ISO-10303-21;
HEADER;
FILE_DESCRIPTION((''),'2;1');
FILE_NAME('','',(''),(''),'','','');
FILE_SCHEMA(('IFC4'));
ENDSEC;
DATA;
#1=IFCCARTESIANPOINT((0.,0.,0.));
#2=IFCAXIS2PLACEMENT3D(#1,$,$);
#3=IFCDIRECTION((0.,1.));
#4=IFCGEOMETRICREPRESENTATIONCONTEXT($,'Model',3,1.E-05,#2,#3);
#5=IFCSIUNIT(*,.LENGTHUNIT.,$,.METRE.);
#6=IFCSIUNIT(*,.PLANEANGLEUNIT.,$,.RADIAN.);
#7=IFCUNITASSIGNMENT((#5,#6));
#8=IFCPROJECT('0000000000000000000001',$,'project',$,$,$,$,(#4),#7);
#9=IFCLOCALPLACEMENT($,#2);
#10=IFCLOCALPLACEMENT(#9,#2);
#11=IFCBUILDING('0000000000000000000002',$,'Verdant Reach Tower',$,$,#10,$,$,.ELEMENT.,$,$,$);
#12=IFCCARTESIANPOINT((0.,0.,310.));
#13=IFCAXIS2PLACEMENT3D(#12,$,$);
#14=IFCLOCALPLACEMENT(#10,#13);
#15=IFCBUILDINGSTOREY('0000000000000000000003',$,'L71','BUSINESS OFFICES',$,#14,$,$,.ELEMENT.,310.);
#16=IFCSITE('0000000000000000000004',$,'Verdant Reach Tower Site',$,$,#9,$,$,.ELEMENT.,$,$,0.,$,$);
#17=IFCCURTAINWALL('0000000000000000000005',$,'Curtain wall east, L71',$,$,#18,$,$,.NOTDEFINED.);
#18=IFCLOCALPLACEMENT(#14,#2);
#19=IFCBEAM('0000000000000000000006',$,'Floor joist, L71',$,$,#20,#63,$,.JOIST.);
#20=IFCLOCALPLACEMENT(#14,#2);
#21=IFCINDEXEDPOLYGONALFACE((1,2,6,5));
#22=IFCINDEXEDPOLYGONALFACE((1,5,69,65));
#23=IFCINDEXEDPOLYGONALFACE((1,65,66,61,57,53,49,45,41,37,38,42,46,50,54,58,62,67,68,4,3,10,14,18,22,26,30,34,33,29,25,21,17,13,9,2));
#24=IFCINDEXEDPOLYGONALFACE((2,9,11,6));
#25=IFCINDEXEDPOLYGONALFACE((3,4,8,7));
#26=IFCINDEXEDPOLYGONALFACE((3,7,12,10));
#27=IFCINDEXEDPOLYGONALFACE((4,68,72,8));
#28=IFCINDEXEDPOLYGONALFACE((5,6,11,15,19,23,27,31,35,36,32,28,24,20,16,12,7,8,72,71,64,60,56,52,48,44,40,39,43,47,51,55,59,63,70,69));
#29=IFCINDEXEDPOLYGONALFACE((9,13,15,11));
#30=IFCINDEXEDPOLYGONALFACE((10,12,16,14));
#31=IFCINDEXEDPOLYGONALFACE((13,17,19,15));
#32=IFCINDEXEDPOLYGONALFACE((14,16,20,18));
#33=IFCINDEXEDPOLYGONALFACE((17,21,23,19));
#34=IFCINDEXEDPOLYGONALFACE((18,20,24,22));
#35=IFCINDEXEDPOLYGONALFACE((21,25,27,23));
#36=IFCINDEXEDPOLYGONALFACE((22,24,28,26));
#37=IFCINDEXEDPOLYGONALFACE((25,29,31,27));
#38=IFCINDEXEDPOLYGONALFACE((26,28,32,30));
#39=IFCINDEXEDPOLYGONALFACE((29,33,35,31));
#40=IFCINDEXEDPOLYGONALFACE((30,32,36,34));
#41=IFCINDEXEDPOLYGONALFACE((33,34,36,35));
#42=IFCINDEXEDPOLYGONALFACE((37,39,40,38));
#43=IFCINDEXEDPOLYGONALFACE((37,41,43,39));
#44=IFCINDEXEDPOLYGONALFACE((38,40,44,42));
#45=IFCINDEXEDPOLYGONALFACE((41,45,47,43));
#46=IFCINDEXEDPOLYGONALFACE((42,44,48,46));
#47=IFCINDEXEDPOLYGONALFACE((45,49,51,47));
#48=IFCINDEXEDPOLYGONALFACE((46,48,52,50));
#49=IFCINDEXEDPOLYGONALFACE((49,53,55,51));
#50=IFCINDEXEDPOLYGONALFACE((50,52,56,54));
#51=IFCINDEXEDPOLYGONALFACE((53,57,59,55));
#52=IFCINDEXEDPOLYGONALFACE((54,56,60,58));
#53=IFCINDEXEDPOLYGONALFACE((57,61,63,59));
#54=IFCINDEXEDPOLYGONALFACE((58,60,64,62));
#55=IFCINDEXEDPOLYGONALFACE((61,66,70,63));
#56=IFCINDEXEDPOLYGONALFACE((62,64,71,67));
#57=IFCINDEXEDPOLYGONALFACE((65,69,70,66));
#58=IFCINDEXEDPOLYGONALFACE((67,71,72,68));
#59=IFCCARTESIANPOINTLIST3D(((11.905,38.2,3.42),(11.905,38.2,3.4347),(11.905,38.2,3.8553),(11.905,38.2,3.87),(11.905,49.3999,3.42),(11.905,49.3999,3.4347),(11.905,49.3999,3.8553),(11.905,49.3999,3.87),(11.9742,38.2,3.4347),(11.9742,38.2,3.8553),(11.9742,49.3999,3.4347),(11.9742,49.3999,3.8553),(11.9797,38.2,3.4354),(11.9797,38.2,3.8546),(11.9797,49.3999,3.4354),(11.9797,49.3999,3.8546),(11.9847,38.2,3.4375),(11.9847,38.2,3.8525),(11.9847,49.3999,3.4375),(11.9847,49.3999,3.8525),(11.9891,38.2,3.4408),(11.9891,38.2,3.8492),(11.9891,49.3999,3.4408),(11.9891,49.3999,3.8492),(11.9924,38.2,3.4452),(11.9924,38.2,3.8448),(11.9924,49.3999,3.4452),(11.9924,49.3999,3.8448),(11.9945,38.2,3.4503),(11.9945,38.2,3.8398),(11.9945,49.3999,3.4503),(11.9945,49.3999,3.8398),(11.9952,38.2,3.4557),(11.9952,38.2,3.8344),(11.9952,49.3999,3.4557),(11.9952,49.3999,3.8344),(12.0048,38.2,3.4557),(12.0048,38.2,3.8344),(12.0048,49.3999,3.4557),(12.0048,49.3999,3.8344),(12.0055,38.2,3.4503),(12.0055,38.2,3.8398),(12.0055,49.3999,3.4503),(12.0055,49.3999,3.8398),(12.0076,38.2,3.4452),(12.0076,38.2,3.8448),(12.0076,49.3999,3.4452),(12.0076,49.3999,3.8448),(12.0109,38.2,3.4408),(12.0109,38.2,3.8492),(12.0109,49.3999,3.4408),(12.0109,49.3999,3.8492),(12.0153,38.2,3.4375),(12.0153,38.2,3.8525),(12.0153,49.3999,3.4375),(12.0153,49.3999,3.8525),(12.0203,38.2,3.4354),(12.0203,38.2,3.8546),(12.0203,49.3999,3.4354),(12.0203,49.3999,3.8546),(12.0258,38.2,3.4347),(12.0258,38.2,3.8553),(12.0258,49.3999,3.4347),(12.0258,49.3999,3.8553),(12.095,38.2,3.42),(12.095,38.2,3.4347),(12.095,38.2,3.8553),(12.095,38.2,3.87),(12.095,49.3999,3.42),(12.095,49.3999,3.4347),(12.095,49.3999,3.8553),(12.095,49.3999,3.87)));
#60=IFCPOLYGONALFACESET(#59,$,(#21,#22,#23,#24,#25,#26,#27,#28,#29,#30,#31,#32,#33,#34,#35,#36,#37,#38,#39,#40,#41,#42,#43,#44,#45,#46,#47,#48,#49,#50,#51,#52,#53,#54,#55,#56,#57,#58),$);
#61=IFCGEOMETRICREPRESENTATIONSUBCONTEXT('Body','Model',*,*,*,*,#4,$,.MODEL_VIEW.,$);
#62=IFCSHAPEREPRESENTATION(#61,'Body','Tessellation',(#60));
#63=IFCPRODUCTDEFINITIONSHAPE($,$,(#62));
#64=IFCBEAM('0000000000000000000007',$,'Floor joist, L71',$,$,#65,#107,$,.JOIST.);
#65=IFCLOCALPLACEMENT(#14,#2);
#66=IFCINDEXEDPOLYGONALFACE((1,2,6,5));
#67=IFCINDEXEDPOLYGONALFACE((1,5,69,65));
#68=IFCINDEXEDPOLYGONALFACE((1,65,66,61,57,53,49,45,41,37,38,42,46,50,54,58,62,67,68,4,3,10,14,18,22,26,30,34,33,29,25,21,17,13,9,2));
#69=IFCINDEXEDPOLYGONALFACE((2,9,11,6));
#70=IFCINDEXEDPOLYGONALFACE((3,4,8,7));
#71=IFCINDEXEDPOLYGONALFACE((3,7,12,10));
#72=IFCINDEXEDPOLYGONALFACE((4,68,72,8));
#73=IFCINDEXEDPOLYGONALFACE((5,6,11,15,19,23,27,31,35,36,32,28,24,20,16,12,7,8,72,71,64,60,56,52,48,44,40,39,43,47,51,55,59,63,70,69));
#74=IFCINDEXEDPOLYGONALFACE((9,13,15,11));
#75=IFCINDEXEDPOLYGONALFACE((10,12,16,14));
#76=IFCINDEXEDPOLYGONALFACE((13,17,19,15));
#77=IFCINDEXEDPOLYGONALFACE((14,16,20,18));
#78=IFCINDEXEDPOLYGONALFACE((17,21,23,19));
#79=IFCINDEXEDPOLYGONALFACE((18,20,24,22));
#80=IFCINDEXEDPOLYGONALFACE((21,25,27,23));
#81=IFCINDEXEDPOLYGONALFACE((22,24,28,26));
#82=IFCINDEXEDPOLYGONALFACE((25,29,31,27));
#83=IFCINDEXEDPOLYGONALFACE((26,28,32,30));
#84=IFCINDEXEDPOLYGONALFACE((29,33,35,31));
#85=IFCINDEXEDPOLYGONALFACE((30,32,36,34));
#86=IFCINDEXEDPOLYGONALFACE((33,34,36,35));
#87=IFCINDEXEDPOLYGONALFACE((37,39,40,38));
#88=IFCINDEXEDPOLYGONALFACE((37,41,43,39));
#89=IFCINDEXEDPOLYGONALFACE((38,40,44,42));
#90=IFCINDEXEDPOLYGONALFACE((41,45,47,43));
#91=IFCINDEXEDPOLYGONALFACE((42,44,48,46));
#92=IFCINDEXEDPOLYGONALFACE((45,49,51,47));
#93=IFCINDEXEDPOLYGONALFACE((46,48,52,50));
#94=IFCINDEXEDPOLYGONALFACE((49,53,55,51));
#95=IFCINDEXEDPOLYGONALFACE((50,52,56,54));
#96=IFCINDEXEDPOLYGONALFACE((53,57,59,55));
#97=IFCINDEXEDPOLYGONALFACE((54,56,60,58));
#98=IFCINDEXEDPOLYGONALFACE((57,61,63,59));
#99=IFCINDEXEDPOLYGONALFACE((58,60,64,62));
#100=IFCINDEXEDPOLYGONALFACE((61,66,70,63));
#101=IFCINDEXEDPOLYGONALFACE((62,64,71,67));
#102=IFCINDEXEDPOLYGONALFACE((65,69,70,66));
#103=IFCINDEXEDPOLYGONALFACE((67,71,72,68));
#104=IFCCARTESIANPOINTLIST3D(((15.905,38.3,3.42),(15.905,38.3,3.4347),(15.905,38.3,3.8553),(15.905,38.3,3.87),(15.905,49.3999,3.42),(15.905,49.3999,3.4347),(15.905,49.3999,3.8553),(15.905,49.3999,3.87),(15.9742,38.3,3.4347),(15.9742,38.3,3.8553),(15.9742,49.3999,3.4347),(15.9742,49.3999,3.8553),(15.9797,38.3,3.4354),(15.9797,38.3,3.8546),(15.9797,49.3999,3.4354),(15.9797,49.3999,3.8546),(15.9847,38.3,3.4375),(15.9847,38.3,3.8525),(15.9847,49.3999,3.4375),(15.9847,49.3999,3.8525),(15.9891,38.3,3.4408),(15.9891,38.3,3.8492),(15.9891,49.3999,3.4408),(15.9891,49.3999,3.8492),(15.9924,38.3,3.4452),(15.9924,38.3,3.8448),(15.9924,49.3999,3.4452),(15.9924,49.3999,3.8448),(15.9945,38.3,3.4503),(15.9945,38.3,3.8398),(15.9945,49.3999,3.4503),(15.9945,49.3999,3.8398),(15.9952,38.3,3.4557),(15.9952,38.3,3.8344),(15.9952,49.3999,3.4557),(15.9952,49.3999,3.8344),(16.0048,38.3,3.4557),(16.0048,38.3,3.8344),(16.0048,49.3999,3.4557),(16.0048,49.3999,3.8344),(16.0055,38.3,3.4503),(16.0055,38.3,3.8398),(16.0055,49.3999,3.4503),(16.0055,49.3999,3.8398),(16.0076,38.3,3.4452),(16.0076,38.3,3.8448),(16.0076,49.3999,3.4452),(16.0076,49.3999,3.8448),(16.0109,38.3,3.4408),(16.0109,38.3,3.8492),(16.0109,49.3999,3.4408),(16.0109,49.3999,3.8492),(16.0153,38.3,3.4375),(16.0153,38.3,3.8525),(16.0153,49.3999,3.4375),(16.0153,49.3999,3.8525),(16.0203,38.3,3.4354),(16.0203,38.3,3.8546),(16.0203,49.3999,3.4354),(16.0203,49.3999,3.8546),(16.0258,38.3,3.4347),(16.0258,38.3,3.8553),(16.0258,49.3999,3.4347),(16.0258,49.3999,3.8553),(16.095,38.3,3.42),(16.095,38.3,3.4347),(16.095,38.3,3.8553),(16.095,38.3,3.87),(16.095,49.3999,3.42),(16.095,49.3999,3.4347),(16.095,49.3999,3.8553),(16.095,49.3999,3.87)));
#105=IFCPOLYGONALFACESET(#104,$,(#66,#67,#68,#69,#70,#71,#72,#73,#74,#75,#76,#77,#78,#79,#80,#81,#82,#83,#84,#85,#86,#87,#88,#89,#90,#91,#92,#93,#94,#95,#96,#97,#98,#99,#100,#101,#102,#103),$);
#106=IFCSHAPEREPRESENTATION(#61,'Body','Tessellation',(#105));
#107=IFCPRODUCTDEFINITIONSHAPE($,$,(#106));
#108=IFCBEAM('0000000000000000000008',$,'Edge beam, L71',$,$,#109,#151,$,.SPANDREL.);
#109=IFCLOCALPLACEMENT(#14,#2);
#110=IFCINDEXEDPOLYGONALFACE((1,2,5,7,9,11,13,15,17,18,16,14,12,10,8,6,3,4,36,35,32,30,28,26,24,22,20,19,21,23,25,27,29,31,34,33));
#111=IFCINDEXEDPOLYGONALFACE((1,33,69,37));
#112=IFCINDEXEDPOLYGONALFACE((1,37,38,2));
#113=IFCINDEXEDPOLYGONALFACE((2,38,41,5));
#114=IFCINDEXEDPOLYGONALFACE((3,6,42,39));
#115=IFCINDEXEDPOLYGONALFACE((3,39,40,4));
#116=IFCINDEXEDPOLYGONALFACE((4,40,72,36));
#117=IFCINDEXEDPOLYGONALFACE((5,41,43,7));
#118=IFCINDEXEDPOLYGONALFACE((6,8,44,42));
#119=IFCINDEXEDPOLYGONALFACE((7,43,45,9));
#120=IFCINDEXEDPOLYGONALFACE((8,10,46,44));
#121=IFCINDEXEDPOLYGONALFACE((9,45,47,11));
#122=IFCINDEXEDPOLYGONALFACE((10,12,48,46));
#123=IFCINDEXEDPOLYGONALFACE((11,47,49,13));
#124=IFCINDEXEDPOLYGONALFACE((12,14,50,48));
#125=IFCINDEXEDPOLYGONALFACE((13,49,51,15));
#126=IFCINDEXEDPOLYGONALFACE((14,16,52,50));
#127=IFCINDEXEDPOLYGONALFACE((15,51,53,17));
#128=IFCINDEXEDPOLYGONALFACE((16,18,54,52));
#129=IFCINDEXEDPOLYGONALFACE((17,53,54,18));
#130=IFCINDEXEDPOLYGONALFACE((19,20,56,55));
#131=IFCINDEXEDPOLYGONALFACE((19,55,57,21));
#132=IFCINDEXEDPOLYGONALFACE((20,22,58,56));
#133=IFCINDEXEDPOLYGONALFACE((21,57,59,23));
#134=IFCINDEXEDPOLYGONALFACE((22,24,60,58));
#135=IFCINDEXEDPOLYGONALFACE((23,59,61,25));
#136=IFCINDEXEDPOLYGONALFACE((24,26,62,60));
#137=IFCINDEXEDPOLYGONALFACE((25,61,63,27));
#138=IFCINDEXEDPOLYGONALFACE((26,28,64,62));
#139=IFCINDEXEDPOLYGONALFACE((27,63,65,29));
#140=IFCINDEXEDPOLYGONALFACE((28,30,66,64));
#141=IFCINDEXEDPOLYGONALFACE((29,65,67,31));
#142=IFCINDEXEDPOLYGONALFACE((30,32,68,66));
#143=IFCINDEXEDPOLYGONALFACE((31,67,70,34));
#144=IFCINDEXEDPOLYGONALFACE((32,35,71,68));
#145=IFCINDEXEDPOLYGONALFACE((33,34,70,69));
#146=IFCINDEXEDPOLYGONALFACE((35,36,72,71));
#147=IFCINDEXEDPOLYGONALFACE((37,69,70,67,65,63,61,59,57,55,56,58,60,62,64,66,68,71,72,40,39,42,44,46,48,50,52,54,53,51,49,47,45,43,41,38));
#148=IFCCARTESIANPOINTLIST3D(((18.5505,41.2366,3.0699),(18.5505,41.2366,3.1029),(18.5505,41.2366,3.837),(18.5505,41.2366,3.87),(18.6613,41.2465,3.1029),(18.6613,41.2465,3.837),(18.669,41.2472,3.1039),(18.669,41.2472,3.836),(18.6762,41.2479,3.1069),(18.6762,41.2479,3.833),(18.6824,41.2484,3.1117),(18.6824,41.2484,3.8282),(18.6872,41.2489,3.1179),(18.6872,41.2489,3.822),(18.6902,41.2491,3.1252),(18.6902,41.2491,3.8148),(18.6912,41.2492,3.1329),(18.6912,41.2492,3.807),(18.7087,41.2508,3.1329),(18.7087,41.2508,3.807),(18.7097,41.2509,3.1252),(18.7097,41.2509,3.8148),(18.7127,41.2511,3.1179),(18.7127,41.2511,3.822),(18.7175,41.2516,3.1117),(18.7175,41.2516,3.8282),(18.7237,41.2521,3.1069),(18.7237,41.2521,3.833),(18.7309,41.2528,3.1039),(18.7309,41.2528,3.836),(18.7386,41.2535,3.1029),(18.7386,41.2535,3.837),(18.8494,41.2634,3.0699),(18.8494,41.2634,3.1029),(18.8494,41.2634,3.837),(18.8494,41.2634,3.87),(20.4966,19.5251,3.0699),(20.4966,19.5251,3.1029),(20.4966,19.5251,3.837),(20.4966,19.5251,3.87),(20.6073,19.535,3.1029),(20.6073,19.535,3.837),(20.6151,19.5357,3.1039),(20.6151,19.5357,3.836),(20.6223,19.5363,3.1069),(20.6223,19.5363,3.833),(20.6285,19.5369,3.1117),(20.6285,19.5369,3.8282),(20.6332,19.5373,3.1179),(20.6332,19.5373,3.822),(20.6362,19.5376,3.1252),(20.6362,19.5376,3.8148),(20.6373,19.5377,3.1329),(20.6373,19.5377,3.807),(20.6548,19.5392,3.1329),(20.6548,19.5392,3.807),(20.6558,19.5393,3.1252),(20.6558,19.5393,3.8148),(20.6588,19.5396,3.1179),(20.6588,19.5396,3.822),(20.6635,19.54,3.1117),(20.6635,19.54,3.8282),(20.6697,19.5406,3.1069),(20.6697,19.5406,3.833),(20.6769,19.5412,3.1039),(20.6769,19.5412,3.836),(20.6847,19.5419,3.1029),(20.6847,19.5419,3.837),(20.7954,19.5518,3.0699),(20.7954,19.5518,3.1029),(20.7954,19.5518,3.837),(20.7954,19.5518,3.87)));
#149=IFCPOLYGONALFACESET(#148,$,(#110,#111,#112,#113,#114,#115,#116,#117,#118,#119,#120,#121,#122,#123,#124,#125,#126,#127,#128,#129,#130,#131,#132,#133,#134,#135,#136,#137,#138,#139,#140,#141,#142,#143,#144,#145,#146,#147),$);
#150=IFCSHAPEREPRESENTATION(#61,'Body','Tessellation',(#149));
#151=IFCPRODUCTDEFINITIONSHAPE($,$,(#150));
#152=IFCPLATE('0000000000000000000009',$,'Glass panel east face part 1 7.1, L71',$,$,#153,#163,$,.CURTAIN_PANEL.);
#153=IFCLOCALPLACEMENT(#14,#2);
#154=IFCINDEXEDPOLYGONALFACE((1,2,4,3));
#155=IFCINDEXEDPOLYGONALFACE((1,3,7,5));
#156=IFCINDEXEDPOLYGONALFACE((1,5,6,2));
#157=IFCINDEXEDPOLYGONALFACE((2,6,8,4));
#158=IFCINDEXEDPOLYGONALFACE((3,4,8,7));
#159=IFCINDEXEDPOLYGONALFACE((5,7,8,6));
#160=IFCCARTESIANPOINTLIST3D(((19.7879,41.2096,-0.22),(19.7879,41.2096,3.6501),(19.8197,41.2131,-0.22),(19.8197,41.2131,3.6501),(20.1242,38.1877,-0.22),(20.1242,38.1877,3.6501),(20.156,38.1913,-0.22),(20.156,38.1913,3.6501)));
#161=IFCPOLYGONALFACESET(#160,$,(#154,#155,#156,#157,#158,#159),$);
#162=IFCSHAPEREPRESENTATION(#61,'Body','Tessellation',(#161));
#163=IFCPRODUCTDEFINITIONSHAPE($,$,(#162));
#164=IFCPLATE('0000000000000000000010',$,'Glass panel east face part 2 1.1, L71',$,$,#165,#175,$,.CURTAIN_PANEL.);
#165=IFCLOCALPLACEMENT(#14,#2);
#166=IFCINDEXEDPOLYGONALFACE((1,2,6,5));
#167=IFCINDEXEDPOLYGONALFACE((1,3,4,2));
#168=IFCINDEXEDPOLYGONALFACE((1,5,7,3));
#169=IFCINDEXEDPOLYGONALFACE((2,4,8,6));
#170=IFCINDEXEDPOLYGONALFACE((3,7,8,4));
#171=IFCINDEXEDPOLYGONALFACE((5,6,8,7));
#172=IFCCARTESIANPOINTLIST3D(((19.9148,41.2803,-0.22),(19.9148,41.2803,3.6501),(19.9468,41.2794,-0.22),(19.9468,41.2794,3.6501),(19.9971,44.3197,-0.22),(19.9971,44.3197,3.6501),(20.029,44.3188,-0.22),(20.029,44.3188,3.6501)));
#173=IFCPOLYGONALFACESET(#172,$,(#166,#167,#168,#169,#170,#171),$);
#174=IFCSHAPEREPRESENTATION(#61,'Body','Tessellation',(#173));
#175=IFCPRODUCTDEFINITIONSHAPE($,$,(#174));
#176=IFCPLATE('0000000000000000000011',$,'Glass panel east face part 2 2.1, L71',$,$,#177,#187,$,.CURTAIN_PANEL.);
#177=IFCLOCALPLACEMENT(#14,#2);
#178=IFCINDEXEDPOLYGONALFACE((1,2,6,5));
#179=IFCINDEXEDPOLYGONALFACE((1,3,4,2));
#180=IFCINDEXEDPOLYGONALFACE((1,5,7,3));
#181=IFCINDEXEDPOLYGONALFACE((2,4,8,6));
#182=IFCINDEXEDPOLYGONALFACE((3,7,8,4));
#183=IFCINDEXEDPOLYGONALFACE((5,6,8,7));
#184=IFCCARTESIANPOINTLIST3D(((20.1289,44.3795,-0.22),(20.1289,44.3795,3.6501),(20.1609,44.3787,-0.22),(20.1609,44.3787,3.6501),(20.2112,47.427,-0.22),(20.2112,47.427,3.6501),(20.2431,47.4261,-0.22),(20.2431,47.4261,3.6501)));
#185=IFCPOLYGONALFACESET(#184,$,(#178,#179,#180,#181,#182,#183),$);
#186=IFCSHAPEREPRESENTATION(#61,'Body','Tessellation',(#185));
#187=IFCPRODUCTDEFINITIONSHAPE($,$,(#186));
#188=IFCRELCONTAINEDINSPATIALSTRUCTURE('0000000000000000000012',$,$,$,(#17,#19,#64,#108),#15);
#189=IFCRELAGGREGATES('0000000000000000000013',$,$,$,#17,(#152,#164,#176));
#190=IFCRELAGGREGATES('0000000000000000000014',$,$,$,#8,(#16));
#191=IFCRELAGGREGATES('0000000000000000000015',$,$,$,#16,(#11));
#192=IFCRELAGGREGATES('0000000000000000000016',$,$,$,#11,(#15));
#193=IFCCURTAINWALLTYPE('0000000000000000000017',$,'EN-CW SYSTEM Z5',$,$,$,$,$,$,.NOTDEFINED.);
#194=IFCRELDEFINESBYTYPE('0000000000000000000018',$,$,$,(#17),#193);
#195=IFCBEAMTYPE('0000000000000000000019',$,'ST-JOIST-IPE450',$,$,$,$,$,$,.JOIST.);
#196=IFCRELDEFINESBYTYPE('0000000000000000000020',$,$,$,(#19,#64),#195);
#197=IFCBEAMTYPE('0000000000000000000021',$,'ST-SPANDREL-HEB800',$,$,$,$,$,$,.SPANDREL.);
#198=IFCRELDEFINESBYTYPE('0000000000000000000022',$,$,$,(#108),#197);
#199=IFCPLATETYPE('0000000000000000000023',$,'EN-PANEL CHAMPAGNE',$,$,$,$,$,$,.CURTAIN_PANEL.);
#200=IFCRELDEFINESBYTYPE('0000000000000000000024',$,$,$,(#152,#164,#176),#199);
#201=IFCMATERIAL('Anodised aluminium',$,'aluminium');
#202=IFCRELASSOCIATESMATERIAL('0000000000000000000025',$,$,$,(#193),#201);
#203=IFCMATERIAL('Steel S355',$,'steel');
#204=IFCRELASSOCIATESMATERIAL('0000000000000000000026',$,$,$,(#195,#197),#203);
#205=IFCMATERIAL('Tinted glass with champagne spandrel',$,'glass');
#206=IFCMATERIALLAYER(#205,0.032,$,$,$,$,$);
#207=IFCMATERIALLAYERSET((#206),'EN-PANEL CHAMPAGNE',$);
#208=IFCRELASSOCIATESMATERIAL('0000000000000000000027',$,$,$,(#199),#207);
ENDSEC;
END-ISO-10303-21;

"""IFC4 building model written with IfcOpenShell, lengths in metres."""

from ifc_helpers import new_model, si_unit, direction, frame, origin, origin_2d, place, context, subcontext, project, spatial, rectangle, i_section, extrude, material, layer, layer_set, material_profile, profile_set, type_object, element, aggregate, save


model = new_model("IFC4")

# Units and contexts
model_context = context("Model", 3, precision=1e-05, world=origin(), true_north=direction((0.0, 1.0)))
body_context = subcontext(model_context, "Body", "Model", "MODEL_VIEW")
ifc_project = project(units=[si_unit("LENGTHUNIT", "METRE"), si_unit("PLANEANGLEUNIT", "RADIAN")], contexts=[model_context])

# Site, building, storey
site_placement = place(None, origin())
site = spatial("IfcSite", under=ifc_project, at=site_placement, Name="Verdant Reach Tower Site", CompositionType="ELEMENT", RefElevation=0.0)
building_placement = place(site_placement, origin())
building = spatial("IfcBuilding", under=site, at=building_placement, Name="Verdant Reach Tower", CompositionType="ELEMENT")
storey_placement = place(building_placement, frame((0.0, 0.0, 310.0)))
storey = spatial("IfcBuildingStorey", under=building, at=storey_placement, Name="L71", Description="BUSINESS OFFICES", CompositionType="ELEMENT", Elevation=310.0)

# Curtain wall
ifc_material_1 = material(Name="Anodised aluminium", Category="aluminium")
curtain_wall_type = type_object("IfcCurtainWallType", Name="EN-CW SYSTEM Z5", PredefinedType="NOTDEFINED", material=ifc_material_1)
curtain_wall_placement = place(storey_placement, origin())
curtain_wall = element("IfcCurtainWall", 1, at=curtain_wall_placement, inside=storey, type_object=curtain_wall_type, Name="Curtain wall east, L71", PredefinedType="NOTDEFINED")

# Beams
ifc_material_2 = material(Name="Steel S355", Category="steel")
ifc_material_profile_1 = material_profile(ifc_material_2, i_section(OverallWidth=0.1899, OverallDepth=0.45, WebThickness=0.0095, FlangeThickness=0.0146, FilletRadius=0.021, at=origin_2d()), Name="IPE 450")
ifc_profile_set_1 = profile_set([ifc_material_profile_1], Name="Steel S355")
beam_type_1 = type_object("IfcBeamType", Name="ST-JOIST-IPE450", PredefinedType="JOIST", material=ifc_profile_set_1)
for number, where, z_axis, x_axis, name in (
    (2, (12.0, 38.2, 3.645), (0.0, 1.0, 0.0), (-1.0, 0.0, 0.0), "Floor joist, L71"),
):
    element("IfcBeam", number, at=place(storey_placement, frame(where, z_axis=z_axis, x_axis=x_axis)), inside=storey, type_object=beam_type_1, Name=name, PredefinedType="JOIST", context=body_context, shape_type="SweptSolid", body=[
        extrude(i_section(OverallWidth=0.1899, OverallDepth=0.45, WebThickness=0.0095, FlangeThickness=0.0146, FilletRadius=0.021, at=origin_2d()), origin(), (0.0, 0.0, 1.0), 11.2),
    ])
beam_1_placement = place(storey_placement, frame((16.0, 38.3, 3.645), z_axis=(0.0, 1.0, 0.0), x_axis=(-1.0, 0.0, 0.0)))
element("IfcBeam", 3, at=beam_1_placement, inside=storey, type_object=beam_type_1, Name="Floor joist, L71", PredefinedType="JOIST", context=body_context, shape_type="SweptSolid", body=[
    extrude(i_section(OverallWidth=0.1899, OverallDepth=0.45, WebThickness=0.0095, FlangeThickness=0.0146, FilletRadius=0.021, at=origin_2d()), origin(), (0.0, 0.0, 1.0), 11.0999),
])
ifc_material_profile_2 = material_profile(ifc_material_2, i_section(OverallWidth=0.3, OverallDepth=0.8, WebThickness=0.0176, FlangeThickness=0.033, FilletRadius=0.03, at=origin_2d()), Name="HEB 800")
ifc_profile_set_2 = profile_set([ifc_material_profile_2], Name="Steel S355")
beam_type_2 = type_object("IfcBeamType", Name="ST-SPANDREL-HEB800", PredefinedType="SPANDREL", material=ifc_profile_set_2)
beam_2_placement = place(storey_placement, frame((18.7, 41.25, 3.47), z_axis=(0.089274, -0.996007, 0.0), x_axis=(0.996007, 0.089274, 0.0)))
element("IfcBeam", 4, at=beam_2_placement, inside=storey, type_object=beam_type_2, Name="Edge beam, L71", PredefinedType="SPANDREL", context=body_context, shape_type="SweptSolid", body=[
    extrude(i_section(OverallWidth=0.3, OverallDepth=0.8, WebThickness=0.0176, FlangeThickness=0.033, FilletRadius=0.03, at=origin_2d()), origin(), (0.0, 0.0, 1.0), 21.7986),
])

# Plates
ifc_material_3 = material(Name="Tinted glass with champagne spandrel", Category="glass")
ifc_layer_1 = layer(ifc_material_3, 0.032)
ifc_layer_set_1 = layer_set([ifc_layer_1], Name="EN-PANEL CHAMPAGNE")
plate_type_1 = type_object("IfcPlateType", Name="EN-PANEL CHAMPAGNE", PredefinedType="CURTAIN_PANEL", material=ifc_layer_set_1)
plate_1_placement = place(storey_placement, frame((19.9719, 39.7004, -0.22), z_axis=(0.0, 0.0, 1.0), x_axis=(-0.110605, 0.993864, 0.0)))
plate_1 = element("IfcPlate", 5, at=plate_1_placement, type_object=plate_type_1, Name="Glass panel east face part 1 7.1, L71", PredefinedType="CURTAIN_PANEL", context=body_context, shape_type="SweptSolid", body=[
    extrude(rectangle(XDim=3.0405, YDim=0.032, at=origin_2d()), origin(), (0.0, 0.0, 1.0), 3.8701),
])
plate_2_placement = place(storey_placement, frame((19.9719, 42.7996, -0.22), z_axis=(0.0, 0.0, 1.0), x_axis=(0.027053, 0.999634, 0.0)))
plate_2 = element("IfcPlate", 6, at=plate_2_placement, type_object=plate_type_1, Name="Glass panel east face part 2 1.1, L71", PredefinedType="CURTAIN_PANEL", context=body_context, shape_type="SweptSolid", body=[
    extrude(rectangle(XDim=3.0405, YDim=0.032, at=origin_2d()), origin(), (0.0, 0.0, 1.0), 3.8701),
])
plate_3_placement = place(storey_placement, frame((20.186, 45.9028, -0.22), z_axis=(0.0, 0.0, 1.0), x_axis=(0.026965, 0.999636, 0.0)))
plate_3 = element("IfcPlate", 7, at=plate_3_placement, type_object=plate_type_1, Name="Glass panel east face part 2 2.1, L71", PredefinedType="CURTAIN_PANEL", context=body_context, shape_type="SweptSolid", body=[
    extrude(rectangle(XDim=3.0486, YDim=0.032, at=origin_2d()), origin(), (0.0, 0.0, 1.0), 3.8701),
])
aggregate(curtain_wall, [plate_1, plate_2, plate_3])

save(model, "model.ifc")
